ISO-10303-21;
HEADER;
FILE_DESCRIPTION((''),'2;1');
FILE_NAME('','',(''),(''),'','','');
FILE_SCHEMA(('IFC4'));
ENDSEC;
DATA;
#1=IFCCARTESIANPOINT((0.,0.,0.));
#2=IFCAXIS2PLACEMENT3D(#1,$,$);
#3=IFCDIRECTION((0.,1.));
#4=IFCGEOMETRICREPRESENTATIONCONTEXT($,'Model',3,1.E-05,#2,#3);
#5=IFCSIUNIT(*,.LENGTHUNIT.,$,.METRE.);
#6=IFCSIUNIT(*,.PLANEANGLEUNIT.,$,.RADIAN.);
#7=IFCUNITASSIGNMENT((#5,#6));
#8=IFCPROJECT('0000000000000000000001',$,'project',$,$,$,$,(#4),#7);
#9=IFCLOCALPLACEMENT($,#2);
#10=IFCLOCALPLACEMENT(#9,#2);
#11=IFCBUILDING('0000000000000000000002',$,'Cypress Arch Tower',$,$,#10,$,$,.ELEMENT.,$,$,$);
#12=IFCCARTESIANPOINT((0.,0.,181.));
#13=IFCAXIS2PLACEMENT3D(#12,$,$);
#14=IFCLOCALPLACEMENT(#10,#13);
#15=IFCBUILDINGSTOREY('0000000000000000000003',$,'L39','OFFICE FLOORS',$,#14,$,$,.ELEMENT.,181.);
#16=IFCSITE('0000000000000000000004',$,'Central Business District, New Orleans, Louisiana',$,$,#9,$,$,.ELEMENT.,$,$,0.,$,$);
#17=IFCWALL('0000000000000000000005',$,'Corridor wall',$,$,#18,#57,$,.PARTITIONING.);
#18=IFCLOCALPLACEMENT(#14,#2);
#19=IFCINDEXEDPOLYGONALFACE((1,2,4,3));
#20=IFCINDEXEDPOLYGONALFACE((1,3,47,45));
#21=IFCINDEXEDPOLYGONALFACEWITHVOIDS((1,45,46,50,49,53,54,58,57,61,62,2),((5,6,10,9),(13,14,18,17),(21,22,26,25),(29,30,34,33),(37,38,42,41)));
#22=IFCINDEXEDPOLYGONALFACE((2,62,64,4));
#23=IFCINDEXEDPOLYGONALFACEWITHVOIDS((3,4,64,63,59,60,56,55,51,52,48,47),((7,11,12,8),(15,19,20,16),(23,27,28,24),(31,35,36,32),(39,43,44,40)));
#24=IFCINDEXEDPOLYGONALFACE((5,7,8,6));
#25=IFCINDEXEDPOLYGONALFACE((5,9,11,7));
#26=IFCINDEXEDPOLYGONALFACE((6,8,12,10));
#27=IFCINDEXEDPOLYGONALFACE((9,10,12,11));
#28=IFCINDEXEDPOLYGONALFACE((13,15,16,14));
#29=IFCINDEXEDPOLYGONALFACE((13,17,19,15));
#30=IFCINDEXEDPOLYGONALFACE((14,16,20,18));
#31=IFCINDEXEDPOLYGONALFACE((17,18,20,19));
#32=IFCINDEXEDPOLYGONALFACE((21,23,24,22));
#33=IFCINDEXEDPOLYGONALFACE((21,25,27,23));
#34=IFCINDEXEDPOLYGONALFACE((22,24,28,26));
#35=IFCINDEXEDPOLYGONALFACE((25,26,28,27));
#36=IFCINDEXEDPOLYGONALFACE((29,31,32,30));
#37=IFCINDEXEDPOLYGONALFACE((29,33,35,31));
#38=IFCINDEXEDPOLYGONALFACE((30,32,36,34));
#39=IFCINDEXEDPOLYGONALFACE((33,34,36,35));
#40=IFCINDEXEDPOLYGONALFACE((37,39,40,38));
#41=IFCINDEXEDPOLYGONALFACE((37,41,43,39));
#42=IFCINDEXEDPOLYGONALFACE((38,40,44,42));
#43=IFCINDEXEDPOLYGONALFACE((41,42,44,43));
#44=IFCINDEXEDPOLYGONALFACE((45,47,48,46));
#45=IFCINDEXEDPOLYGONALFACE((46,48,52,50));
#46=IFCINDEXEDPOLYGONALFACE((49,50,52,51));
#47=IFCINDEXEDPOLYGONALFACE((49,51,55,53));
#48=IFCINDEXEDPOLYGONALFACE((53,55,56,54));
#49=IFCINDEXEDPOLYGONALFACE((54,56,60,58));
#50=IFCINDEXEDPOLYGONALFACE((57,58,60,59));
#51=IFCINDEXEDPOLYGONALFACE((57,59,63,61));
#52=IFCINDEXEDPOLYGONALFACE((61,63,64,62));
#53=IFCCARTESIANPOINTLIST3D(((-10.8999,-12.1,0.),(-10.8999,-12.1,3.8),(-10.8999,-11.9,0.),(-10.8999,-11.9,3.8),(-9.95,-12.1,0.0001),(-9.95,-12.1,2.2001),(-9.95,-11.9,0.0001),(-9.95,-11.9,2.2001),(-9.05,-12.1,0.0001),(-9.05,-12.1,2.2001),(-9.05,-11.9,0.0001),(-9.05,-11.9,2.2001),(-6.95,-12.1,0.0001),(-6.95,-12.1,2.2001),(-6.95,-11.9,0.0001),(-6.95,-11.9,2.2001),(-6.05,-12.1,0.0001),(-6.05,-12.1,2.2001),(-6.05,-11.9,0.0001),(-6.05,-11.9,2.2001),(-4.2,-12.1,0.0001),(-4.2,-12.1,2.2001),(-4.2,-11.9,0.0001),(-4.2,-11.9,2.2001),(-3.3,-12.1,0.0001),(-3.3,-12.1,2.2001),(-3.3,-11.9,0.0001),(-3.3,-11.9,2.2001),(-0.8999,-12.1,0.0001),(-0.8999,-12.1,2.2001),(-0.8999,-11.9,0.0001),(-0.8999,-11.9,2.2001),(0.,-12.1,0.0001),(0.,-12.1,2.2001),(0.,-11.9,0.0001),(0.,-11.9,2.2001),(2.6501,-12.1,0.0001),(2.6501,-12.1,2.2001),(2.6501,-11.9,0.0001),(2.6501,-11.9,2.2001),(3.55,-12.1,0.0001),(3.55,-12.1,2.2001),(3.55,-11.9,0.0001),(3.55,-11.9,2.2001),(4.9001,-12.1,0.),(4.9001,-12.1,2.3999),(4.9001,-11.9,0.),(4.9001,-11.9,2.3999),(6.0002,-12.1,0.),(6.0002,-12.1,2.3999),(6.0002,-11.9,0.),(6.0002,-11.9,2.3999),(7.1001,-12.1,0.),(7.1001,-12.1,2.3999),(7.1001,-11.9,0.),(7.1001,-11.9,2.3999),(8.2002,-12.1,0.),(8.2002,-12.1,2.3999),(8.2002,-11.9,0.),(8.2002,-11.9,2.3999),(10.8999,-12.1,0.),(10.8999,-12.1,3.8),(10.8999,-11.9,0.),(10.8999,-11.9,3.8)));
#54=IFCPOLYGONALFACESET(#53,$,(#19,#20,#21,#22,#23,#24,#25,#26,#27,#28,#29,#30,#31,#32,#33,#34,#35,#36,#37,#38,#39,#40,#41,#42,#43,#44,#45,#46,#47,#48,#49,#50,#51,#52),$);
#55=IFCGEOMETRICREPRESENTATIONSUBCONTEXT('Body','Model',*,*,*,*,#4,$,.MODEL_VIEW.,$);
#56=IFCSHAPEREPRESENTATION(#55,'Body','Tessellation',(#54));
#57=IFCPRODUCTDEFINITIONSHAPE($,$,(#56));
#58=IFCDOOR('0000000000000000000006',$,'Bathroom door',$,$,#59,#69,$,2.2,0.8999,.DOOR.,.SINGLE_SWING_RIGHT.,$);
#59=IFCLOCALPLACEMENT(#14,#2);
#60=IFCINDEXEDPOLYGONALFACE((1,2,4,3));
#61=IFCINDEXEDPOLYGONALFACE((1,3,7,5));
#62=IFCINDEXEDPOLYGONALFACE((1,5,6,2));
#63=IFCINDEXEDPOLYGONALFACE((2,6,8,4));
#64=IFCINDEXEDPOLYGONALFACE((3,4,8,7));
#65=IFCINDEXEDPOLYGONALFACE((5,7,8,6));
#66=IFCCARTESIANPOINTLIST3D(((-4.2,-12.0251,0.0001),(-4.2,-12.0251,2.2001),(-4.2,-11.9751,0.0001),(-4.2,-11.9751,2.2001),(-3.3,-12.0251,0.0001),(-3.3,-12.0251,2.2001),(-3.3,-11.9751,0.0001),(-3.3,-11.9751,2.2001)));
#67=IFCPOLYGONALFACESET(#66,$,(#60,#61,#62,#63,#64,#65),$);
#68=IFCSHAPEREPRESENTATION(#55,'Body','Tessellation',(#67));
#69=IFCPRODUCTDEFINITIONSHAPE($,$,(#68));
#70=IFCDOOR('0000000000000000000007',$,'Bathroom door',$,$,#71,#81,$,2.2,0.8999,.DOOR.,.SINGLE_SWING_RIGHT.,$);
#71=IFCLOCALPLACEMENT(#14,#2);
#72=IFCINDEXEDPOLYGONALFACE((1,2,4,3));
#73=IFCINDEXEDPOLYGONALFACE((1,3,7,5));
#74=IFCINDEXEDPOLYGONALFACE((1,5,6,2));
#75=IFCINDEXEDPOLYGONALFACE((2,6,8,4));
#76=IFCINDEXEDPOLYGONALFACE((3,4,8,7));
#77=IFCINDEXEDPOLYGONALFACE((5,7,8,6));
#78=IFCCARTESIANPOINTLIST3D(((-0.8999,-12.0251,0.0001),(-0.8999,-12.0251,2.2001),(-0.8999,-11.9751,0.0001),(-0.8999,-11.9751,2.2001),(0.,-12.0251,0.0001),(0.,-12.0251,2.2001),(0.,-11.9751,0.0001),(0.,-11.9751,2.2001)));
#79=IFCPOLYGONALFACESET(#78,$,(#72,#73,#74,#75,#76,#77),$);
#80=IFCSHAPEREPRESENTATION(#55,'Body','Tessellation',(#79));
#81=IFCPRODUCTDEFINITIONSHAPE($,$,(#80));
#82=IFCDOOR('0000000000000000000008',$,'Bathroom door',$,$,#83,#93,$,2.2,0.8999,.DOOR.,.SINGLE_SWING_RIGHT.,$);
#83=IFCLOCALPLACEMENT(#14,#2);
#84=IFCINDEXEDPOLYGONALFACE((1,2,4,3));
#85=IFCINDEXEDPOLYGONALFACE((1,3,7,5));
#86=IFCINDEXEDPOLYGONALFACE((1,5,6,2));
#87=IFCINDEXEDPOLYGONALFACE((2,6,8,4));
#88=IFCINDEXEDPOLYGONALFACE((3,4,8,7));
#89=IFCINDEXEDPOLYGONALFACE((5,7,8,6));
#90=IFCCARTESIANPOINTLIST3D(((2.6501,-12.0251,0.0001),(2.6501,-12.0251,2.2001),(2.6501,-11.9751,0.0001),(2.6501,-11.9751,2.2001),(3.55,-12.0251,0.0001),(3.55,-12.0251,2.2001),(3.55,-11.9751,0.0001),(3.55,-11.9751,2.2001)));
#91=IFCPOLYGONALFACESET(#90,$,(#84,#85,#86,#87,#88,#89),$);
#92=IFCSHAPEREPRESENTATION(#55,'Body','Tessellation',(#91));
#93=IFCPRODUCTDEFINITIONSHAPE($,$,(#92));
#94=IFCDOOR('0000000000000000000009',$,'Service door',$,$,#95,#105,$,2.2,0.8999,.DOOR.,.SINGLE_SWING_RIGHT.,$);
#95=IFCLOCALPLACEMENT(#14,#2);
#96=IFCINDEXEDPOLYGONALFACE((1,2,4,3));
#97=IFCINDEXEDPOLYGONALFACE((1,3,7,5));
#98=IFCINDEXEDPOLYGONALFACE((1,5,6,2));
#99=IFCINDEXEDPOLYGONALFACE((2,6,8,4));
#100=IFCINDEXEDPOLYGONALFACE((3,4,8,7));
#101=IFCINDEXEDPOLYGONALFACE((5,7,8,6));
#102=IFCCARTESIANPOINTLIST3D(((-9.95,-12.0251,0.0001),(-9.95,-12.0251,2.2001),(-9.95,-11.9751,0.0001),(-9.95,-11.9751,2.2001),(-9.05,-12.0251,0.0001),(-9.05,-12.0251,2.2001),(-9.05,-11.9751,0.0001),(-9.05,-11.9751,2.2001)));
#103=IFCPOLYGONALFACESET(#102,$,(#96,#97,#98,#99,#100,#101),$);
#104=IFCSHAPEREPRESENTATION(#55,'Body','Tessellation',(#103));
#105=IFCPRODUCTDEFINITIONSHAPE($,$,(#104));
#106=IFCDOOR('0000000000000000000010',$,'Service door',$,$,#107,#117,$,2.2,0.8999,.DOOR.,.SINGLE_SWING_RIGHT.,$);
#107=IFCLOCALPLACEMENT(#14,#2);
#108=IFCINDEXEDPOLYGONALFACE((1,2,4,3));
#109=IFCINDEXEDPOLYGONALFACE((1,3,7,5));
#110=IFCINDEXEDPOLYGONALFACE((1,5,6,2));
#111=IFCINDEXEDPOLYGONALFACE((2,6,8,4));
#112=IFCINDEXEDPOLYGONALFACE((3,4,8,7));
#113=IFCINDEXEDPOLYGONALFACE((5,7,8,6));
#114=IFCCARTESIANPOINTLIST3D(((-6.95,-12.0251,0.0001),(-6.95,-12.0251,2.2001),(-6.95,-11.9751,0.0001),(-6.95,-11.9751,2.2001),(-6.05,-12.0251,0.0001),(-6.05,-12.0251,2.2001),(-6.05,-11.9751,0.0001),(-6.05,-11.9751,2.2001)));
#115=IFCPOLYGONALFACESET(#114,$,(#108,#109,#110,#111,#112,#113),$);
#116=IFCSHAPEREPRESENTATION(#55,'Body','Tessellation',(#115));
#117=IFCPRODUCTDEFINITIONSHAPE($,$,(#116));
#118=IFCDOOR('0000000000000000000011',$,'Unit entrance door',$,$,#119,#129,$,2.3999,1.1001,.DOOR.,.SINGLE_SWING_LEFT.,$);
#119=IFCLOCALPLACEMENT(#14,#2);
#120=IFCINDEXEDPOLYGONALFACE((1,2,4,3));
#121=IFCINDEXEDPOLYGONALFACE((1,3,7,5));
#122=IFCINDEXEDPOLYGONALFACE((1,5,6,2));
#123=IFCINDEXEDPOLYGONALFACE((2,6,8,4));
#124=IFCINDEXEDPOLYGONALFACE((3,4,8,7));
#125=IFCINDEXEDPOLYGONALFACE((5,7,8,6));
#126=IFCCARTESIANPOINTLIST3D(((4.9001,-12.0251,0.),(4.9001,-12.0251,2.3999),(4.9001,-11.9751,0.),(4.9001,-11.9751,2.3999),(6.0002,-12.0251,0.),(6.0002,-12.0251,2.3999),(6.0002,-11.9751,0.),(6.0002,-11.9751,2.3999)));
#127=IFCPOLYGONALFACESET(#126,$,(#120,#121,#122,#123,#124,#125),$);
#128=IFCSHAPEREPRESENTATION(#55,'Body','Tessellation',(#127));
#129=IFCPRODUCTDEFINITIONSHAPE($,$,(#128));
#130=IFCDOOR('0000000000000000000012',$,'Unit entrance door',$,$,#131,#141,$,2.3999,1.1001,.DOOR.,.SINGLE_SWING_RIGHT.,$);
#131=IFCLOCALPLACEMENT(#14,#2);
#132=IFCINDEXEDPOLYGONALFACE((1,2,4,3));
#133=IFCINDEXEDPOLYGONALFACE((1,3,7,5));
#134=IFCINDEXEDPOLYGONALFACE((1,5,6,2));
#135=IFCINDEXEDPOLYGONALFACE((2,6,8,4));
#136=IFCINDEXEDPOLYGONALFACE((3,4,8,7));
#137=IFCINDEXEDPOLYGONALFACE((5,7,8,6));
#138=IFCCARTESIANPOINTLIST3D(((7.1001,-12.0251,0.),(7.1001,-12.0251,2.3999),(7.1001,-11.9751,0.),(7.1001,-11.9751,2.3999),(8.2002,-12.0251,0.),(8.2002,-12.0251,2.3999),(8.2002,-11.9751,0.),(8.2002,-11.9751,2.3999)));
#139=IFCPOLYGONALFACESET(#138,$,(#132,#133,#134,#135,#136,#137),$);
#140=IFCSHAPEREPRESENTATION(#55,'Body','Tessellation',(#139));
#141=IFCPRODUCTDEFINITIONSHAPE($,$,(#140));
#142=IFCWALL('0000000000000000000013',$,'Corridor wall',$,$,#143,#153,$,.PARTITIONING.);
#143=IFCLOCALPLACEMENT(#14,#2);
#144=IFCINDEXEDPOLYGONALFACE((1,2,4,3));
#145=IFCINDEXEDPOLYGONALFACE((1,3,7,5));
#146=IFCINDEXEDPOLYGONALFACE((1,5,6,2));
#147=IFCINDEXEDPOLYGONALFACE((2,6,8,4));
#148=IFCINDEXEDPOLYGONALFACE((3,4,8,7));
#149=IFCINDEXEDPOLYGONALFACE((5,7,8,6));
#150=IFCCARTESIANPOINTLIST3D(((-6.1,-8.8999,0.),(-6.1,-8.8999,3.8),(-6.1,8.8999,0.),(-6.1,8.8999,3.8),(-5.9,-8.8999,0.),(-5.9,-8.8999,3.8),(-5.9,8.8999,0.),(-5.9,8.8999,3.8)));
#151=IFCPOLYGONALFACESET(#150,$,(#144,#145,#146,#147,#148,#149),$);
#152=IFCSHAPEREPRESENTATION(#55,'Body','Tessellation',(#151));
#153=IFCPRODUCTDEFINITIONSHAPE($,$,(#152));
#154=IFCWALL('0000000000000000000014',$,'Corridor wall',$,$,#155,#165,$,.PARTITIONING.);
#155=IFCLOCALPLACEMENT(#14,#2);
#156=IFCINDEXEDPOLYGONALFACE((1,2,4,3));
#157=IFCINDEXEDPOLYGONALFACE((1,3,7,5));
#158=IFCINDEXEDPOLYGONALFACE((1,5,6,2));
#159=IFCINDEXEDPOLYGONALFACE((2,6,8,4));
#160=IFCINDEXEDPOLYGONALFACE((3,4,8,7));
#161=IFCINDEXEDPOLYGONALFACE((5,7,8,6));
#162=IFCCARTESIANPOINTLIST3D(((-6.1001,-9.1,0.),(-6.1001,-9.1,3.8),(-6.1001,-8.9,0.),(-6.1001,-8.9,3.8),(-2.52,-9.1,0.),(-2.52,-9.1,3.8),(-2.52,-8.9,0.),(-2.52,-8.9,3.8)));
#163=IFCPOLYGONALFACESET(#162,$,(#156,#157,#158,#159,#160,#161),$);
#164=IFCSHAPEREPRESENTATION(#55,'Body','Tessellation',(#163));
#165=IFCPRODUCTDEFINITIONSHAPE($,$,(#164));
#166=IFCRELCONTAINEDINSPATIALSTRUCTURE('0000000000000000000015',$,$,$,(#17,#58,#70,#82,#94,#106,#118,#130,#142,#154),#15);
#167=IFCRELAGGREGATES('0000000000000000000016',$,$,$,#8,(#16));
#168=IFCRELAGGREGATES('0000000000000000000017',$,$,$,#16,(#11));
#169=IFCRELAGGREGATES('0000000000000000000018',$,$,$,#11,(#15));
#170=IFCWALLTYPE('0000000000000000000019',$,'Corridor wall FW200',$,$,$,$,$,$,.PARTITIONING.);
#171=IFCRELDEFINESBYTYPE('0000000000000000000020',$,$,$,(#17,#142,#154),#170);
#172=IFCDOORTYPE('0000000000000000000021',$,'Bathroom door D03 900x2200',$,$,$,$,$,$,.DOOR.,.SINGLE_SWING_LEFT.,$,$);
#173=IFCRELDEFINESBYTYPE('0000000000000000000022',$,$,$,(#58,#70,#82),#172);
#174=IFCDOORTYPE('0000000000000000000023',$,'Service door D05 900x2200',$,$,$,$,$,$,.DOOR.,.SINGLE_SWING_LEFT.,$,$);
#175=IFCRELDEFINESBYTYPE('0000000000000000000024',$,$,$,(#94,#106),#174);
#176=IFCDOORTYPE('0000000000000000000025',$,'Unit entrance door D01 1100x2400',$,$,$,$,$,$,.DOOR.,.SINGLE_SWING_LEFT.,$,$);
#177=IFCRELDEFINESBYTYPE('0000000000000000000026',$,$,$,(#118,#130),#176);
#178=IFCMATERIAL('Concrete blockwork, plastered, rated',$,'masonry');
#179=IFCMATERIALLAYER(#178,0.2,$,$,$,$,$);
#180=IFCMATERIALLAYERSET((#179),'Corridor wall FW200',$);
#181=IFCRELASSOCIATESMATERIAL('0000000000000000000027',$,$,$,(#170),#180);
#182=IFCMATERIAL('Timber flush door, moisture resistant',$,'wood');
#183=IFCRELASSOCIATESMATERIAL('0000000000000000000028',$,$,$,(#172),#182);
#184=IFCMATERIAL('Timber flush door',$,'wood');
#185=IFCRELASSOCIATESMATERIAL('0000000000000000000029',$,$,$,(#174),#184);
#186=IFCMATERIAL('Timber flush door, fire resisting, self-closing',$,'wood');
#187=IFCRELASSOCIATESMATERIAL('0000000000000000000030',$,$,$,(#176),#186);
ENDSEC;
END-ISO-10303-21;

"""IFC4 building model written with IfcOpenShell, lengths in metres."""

from ifc_helpers import new_model, si_unit, direction, frame, frame_2d, origin, place, context, subcontext, project, spatial, rectangle, extrude, material, layer, layer_set, type_object, element, fill, save


model = new_model("IFC4")

# Units and contexts
model_context = context("Model", 3, precision=1e-05, world=origin(), true_north=direction((0.0, 1.0)))
body_context = subcontext(model_context, "Body", "Model", "MODEL_VIEW")
ifc_project = project(units=[si_unit("LENGTHUNIT", "METRE"), si_unit("PLANEANGLEUNIT", "RADIAN")], contexts=[model_context])

# Site, building, storey
site_placement = place(None, origin())
site = spatial("IfcSite", under=ifc_project, at=site_placement, Name="Central Business District, New Orleans, Louisiana", CompositionType="ELEMENT", RefElevation=0.0)
building_placement = place(site_placement, origin())
building = spatial("IfcBuilding", under=site, at=building_placement, Name="Cypress Arch Tower", CompositionType="ELEMENT")
storey_placement = place(building_placement, frame((0.0, 0.0, 181.0)))
storey = spatial("IfcBuildingStorey", under=building, at=storey_placement, Name="L39", Description="OFFICE FLOORS", CompositionType="ELEMENT", Elevation=181.0)

# Shared definitions
ifc_material_1 = material(Name="Concrete blockwork, plastered, rated", Category="masonry")
ifc_layer_1 = layer(ifc_material_1, 0.2)
ifc_layer_set_1 = layer_set([ifc_layer_1], Name="Corridor wall FW200")
wall_type_1 = type_object("IfcWallType", Name="Corridor wall FW200", PredefinedType="PARTITIONING", material=ifc_layer_set_1)

# Wall, openings, doors
wall_1_placement = place(storey_placement, frame((-10.8999, -12.0, 0.0), z_axis=(0.0, 0.0, 1.0), x_axis=(1.0, 0.0, 0.0)))
wall_1 = element("IfcWall", 1, at=wall_1_placement, inside=storey, type_object=wall_type_1, Name="Corridor wall", PredefinedType="PARTITIONING", context=body_context, shape_type="SweptSolid", body=[
    extrude(rectangle(XDim=21.7998, YDim=0.2, at=frame_2d((10.8999, 0.0))), origin(), (0.0, 0.0, 1.0), 3.8),
])
opening_1_placement = place(wall_1_placement, frame((0.95, 0.0, 0.0)))
opening_1 = element("IfcOpeningElement", 2, at=opening_1_placement, cuts=wall_1, PredefinedType="OPENING", context=body_context, shape_type="SweptSolid", body=[
    extrude(rectangle(XDim=0.8999, YDim=2.2, at=frame_2d((0.45, 1.1001))), frame((0.0, 0.1099, 0.0), z_axis=(0.0, -1.0, 0.0), x_axis=(1.0, 0.0, 0.0)), (0.0, 0.0, 1.0), 0.22),
])
opening_2_placement = place(wall_1_placement, frame((3.95, 0.0, 0.0)))
opening_2 = element("IfcOpeningElement", 3, at=opening_2_placement, cuts=wall_1, PredefinedType="OPENING", context=body_context, shape_type="SweptSolid", body=[
    extrude(rectangle(XDim=0.8999, YDim=2.2, at=frame_2d((0.45, 1.1001))), frame((0.0, 0.1099, 0.0), z_axis=(0.0, -1.0, 0.0), x_axis=(1.0, 0.0, 0.0)), (0.0, 0.0, 1.0), 0.22),
])
opening_3_placement = place(wall_1_placement, frame((6.7, 0.0, 0.0)))
opening_3 = element("IfcOpeningElement", 4, at=opening_3_placement, cuts=wall_1, PredefinedType="OPENING", context=body_context, shape_type="SweptSolid", body=[
    extrude(rectangle(XDim=0.8999, YDim=2.2, at=frame_2d((0.45, 1.1001))), frame((0.0, 0.1099, 0.0), z_axis=(0.0, -1.0, 0.0), x_axis=(1.0, 0.0, 0.0)), (0.0, 0.0, 1.0), 0.22),
])
opening_4_placement = place(wall_1_placement, frame((10.0, 0.0, 0.0)))
opening_4 = element("IfcOpeningElement", 5, at=opening_4_placement, cuts=wall_1, PredefinedType="OPENING", context=body_context, shape_type="SweptSolid", body=[
    extrude(rectangle(XDim=0.8999, YDim=2.2, at=frame_2d((0.45, 1.1001))), frame((0.0, 0.1099, 0.0), z_axis=(0.0, -1.0, 0.0), x_axis=(1.0, 0.0, 0.0)), (0.0, 0.0, 1.0), 0.22),
])
opening_5_placement = place(wall_1_placement, frame((13.55, 0.0, 0.0)))
opening_5 = element("IfcOpeningElement", 6, at=opening_5_placement, cuts=wall_1, PredefinedType="OPENING", context=body_context, shape_type="SweptSolid", body=[
    extrude(rectangle(XDim=0.8999, YDim=2.2, at=frame_2d((0.45, 1.1001))), frame((0.0, 0.1099, 0.0), z_axis=(0.0, -1.0, 0.0), x_axis=(1.0, 0.0, 0.0)), (0.0, 0.0, 1.0), 0.22),
])
opening_6_placement = place(wall_1_placement, frame((15.8, 0.0, 0.0)))
opening_6 = element("IfcOpeningElement", 7, at=opening_6_placement, cuts=wall_1, PredefinedType="OPENING", context=body_context, shape_type="SweptSolid", body=[
    extrude(rectangle(XDim=1.1001, YDim=2.3999, at=frame_2d((0.55, 1.2))), frame((0.0, 0.1099, 0.0), z_axis=(0.0, -1.0, 0.0), x_axis=(1.0, 0.0, 0.0)), (0.0, 0.0, 1.0), 0.22),
])
opening_7_placement = place(wall_1_placement, frame((18.0, 0.0, 0.0)))
opening_7 = element("IfcOpeningElement", 8, at=opening_7_placement, cuts=wall_1, PredefinedType="OPENING", context=body_context, shape_type="SweptSolid", body=[
    extrude(rectangle(XDim=1.1001, YDim=2.3999, at=frame_2d((0.55, 1.2))), frame((0.0, 0.1099, 0.0), z_axis=(0.0, -1.0, 0.0), x_axis=(1.0, 0.0, 0.0)), (0.0, 0.0, 1.0), 0.22),
])
ifc_material_2 = material(Name="Timber flush door, moisture resistant", Category="wood")
door_type_1 = type_object("IfcDoorType", Name="Bathroom door D03 900x2200", OperationType="SINGLE_SWING_LEFT", PredefinedType="DOOR", material=ifc_material_2)
door_1_placement = place(opening_3_placement, origin())
door_1 = element("IfcDoor", 9, at=door_1_placement, inside=storey, type_object=door_type_1, Name="Bathroom door", OperationType="SINGLE_SWING_RIGHT", OverallHeight=2.2, OverallWidth=0.8999, PredefinedType="DOOR", context=body_context, shape_type="SweptSolid", body=[
    extrude(rectangle(XDim=0.8999, YDim=2.2, at=frame_2d((0.45, 1.1001))), frame((0.0, 0.0249, 0.0), z_axis=(0.0, -1.0, 0.0), x_axis=(1.0, 0.0, 0.0)), (0.0, 0.0, 1.0), 0.05),
])
fill(opening_3, door_1)
door_2_placement = place(opening_4_placement, origin())
door_2 = element("IfcDoor", 10, at=door_2_placement, inside=storey, type_object=door_type_1, Name="Bathroom door", OperationType="SINGLE_SWING_RIGHT", OverallHeight=2.2, OverallWidth=0.8999, PredefinedType="DOOR", context=body_context, shape_type="SweptSolid", body=[
    extrude(rectangle(XDim=0.8999, YDim=2.2, at=frame_2d((0.45, 1.1001))), frame((0.0, 0.0249, 0.0), z_axis=(0.0, -1.0, 0.0), x_axis=(1.0, 0.0, 0.0)), (0.0, 0.0, 1.0), 0.05),
])
fill(opening_4, door_2)
door_3_placement = place(opening_5_placement, origin())
door_3 = element("IfcDoor", 11, at=door_3_placement, inside=storey, type_object=door_type_1, Name="Bathroom door", OperationType="SINGLE_SWING_RIGHT", OverallHeight=2.2, OverallWidth=0.8999, PredefinedType="DOOR", context=body_context, shape_type="SweptSolid", body=[
    extrude(rectangle(XDim=0.8999, YDim=2.2, at=frame_2d((0.45, 1.1001))), frame((0.0, 0.0249, 0.0), z_axis=(0.0, -1.0, 0.0), x_axis=(1.0, 0.0, 0.0)), (0.0, 0.0, 1.0), 0.05),
])
fill(opening_5, door_3)
ifc_material_3 = material(Name="Timber flush door", Category="wood")
door_type_2 = type_object("IfcDoorType", Name="Service door D05 900x2200", OperationType="SINGLE_SWING_LEFT", PredefinedType="DOOR", material=ifc_material_3)
door_4_placement = place(opening_1_placement, origin())
door_4 = element("IfcDoor", 12, at=door_4_placement, inside=storey, type_object=door_type_2, Name="Service door", OperationType="SINGLE_SWING_RIGHT", OverallHeight=2.2, OverallWidth=0.8999, PredefinedType="DOOR", context=body_context, shape_type="SweptSolid", body=[
    extrude(rectangle(XDim=0.8999, YDim=2.2, at=frame_2d((0.45, 1.1001))), frame((0.0, 0.0249, 0.0), z_axis=(0.0, -1.0, 0.0), x_axis=(1.0, 0.0, 0.0)), (0.0, 0.0, 1.0), 0.05),
])
fill(opening_1, door_4)
door_5_placement = place(opening_2_placement, origin())
door_5 = element("IfcDoor", 13, at=door_5_placement, inside=storey, type_object=door_type_2, Name="Service door", OperationType="SINGLE_SWING_RIGHT", OverallHeight=2.2, OverallWidth=0.8999, PredefinedType="DOOR", context=body_context, shape_type="SweptSolid", body=[
    extrude(rectangle(XDim=0.8999, YDim=2.2, at=frame_2d((0.45, 1.1001))), frame((0.0, 0.0249, 0.0), z_axis=(0.0, -1.0, 0.0), x_axis=(1.0, 0.0, 0.0)), (0.0, 0.0, 1.0), 0.05),
])
fill(opening_2, door_5)
ifc_material_4 = material(Name="Timber flush door, fire resisting, self-closing", Category="wood")
door_type_3 = type_object("IfcDoorType", Name="Unit entrance door D01 1100x2400", OperationType="SINGLE_SWING_LEFT", PredefinedType="DOOR", material=ifc_material_4)
door_6_placement = place(opening_6_placement, origin())
door_6 = element("IfcDoor", 14, at=door_6_placement, inside=storey, type_object=door_type_3, Name="Unit entrance door", OperationType="SINGLE_SWING_LEFT", OverallHeight=2.3999, OverallWidth=1.1001, PredefinedType="DOOR", context=body_context, shape_type="SweptSolid", body=[
    extrude(rectangle(XDim=1.1001, YDim=2.3999, at=frame_2d((0.55, 1.2))), frame((0.0, 0.0249, 0.0), z_axis=(0.0, -1.0, 0.0), x_axis=(1.0, 0.0, 0.0)), (0.0, 0.0, 1.0), 0.05),
])
fill(opening_6, door_6)
door_7_placement = place(opening_7_placement, origin())
door_7 = element("IfcDoor", 15, at=door_7_placement, inside=storey, type_object=door_type_3, Name="Unit entrance door", OperationType="SINGLE_SWING_RIGHT", OverallHeight=2.3999, OverallWidth=1.1001, PredefinedType="DOOR", context=body_context, shape_type="SweptSolid", body=[
    extrude(rectangle(XDim=1.1001, YDim=2.3999, at=frame_2d((0.55, 1.2))), frame((0.0, 0.0249, 0.0), z_axis=(0.0, -1.0, 0.0), x_axis=(1.0, 0.0, 0.0)), (0.0, 0.0, 1.0), 0.05),
])
fill(opening_7, door_7)

# Walls
wall_2_placement = place(storey_placement, frame((-6.0, -8.8999, 0.0), z_axis=(0.0, 0.0, 1.0), x_axis=(0.0, 1.0, 0.0)))
element("IfcWall", 16, at=wall_2_placement, inside=storey, type_object=wall_type_1, Name="Corridor wall", PredefinedType="PARTITIONING", context=body_context, shape_type="SweptSolid", body=[
    extrude(rectangle(XDim=17.7998, YDim=0.2, at=frame_2d((8.8999, 0.0))), origin(), (0.0, 0.0, 1.0), 3.8),
])
wall_3_placement = place(storey_placement, frame((-6.1001, -9.0, 0.0), z_axis=(0.0, 0.0, 1.0), x_axis=(1.0, 0.0, 0.0)))
element("IfcWall", 17, at=wall_3_placement, inside=storey, type_object=wall_type_1, Name="Corridor wall", PredefinedType="PARTITIONING", context=body_context, shape_type="SweptSolid", body=[
    extrude(rectangle(XDim=3.5801, YDim=0.2, at=frame_2d((1.79, 0.0))), origin(), (0.0, 0.0, 1.0), 3.8),
])

save(model, "model.ifc")
